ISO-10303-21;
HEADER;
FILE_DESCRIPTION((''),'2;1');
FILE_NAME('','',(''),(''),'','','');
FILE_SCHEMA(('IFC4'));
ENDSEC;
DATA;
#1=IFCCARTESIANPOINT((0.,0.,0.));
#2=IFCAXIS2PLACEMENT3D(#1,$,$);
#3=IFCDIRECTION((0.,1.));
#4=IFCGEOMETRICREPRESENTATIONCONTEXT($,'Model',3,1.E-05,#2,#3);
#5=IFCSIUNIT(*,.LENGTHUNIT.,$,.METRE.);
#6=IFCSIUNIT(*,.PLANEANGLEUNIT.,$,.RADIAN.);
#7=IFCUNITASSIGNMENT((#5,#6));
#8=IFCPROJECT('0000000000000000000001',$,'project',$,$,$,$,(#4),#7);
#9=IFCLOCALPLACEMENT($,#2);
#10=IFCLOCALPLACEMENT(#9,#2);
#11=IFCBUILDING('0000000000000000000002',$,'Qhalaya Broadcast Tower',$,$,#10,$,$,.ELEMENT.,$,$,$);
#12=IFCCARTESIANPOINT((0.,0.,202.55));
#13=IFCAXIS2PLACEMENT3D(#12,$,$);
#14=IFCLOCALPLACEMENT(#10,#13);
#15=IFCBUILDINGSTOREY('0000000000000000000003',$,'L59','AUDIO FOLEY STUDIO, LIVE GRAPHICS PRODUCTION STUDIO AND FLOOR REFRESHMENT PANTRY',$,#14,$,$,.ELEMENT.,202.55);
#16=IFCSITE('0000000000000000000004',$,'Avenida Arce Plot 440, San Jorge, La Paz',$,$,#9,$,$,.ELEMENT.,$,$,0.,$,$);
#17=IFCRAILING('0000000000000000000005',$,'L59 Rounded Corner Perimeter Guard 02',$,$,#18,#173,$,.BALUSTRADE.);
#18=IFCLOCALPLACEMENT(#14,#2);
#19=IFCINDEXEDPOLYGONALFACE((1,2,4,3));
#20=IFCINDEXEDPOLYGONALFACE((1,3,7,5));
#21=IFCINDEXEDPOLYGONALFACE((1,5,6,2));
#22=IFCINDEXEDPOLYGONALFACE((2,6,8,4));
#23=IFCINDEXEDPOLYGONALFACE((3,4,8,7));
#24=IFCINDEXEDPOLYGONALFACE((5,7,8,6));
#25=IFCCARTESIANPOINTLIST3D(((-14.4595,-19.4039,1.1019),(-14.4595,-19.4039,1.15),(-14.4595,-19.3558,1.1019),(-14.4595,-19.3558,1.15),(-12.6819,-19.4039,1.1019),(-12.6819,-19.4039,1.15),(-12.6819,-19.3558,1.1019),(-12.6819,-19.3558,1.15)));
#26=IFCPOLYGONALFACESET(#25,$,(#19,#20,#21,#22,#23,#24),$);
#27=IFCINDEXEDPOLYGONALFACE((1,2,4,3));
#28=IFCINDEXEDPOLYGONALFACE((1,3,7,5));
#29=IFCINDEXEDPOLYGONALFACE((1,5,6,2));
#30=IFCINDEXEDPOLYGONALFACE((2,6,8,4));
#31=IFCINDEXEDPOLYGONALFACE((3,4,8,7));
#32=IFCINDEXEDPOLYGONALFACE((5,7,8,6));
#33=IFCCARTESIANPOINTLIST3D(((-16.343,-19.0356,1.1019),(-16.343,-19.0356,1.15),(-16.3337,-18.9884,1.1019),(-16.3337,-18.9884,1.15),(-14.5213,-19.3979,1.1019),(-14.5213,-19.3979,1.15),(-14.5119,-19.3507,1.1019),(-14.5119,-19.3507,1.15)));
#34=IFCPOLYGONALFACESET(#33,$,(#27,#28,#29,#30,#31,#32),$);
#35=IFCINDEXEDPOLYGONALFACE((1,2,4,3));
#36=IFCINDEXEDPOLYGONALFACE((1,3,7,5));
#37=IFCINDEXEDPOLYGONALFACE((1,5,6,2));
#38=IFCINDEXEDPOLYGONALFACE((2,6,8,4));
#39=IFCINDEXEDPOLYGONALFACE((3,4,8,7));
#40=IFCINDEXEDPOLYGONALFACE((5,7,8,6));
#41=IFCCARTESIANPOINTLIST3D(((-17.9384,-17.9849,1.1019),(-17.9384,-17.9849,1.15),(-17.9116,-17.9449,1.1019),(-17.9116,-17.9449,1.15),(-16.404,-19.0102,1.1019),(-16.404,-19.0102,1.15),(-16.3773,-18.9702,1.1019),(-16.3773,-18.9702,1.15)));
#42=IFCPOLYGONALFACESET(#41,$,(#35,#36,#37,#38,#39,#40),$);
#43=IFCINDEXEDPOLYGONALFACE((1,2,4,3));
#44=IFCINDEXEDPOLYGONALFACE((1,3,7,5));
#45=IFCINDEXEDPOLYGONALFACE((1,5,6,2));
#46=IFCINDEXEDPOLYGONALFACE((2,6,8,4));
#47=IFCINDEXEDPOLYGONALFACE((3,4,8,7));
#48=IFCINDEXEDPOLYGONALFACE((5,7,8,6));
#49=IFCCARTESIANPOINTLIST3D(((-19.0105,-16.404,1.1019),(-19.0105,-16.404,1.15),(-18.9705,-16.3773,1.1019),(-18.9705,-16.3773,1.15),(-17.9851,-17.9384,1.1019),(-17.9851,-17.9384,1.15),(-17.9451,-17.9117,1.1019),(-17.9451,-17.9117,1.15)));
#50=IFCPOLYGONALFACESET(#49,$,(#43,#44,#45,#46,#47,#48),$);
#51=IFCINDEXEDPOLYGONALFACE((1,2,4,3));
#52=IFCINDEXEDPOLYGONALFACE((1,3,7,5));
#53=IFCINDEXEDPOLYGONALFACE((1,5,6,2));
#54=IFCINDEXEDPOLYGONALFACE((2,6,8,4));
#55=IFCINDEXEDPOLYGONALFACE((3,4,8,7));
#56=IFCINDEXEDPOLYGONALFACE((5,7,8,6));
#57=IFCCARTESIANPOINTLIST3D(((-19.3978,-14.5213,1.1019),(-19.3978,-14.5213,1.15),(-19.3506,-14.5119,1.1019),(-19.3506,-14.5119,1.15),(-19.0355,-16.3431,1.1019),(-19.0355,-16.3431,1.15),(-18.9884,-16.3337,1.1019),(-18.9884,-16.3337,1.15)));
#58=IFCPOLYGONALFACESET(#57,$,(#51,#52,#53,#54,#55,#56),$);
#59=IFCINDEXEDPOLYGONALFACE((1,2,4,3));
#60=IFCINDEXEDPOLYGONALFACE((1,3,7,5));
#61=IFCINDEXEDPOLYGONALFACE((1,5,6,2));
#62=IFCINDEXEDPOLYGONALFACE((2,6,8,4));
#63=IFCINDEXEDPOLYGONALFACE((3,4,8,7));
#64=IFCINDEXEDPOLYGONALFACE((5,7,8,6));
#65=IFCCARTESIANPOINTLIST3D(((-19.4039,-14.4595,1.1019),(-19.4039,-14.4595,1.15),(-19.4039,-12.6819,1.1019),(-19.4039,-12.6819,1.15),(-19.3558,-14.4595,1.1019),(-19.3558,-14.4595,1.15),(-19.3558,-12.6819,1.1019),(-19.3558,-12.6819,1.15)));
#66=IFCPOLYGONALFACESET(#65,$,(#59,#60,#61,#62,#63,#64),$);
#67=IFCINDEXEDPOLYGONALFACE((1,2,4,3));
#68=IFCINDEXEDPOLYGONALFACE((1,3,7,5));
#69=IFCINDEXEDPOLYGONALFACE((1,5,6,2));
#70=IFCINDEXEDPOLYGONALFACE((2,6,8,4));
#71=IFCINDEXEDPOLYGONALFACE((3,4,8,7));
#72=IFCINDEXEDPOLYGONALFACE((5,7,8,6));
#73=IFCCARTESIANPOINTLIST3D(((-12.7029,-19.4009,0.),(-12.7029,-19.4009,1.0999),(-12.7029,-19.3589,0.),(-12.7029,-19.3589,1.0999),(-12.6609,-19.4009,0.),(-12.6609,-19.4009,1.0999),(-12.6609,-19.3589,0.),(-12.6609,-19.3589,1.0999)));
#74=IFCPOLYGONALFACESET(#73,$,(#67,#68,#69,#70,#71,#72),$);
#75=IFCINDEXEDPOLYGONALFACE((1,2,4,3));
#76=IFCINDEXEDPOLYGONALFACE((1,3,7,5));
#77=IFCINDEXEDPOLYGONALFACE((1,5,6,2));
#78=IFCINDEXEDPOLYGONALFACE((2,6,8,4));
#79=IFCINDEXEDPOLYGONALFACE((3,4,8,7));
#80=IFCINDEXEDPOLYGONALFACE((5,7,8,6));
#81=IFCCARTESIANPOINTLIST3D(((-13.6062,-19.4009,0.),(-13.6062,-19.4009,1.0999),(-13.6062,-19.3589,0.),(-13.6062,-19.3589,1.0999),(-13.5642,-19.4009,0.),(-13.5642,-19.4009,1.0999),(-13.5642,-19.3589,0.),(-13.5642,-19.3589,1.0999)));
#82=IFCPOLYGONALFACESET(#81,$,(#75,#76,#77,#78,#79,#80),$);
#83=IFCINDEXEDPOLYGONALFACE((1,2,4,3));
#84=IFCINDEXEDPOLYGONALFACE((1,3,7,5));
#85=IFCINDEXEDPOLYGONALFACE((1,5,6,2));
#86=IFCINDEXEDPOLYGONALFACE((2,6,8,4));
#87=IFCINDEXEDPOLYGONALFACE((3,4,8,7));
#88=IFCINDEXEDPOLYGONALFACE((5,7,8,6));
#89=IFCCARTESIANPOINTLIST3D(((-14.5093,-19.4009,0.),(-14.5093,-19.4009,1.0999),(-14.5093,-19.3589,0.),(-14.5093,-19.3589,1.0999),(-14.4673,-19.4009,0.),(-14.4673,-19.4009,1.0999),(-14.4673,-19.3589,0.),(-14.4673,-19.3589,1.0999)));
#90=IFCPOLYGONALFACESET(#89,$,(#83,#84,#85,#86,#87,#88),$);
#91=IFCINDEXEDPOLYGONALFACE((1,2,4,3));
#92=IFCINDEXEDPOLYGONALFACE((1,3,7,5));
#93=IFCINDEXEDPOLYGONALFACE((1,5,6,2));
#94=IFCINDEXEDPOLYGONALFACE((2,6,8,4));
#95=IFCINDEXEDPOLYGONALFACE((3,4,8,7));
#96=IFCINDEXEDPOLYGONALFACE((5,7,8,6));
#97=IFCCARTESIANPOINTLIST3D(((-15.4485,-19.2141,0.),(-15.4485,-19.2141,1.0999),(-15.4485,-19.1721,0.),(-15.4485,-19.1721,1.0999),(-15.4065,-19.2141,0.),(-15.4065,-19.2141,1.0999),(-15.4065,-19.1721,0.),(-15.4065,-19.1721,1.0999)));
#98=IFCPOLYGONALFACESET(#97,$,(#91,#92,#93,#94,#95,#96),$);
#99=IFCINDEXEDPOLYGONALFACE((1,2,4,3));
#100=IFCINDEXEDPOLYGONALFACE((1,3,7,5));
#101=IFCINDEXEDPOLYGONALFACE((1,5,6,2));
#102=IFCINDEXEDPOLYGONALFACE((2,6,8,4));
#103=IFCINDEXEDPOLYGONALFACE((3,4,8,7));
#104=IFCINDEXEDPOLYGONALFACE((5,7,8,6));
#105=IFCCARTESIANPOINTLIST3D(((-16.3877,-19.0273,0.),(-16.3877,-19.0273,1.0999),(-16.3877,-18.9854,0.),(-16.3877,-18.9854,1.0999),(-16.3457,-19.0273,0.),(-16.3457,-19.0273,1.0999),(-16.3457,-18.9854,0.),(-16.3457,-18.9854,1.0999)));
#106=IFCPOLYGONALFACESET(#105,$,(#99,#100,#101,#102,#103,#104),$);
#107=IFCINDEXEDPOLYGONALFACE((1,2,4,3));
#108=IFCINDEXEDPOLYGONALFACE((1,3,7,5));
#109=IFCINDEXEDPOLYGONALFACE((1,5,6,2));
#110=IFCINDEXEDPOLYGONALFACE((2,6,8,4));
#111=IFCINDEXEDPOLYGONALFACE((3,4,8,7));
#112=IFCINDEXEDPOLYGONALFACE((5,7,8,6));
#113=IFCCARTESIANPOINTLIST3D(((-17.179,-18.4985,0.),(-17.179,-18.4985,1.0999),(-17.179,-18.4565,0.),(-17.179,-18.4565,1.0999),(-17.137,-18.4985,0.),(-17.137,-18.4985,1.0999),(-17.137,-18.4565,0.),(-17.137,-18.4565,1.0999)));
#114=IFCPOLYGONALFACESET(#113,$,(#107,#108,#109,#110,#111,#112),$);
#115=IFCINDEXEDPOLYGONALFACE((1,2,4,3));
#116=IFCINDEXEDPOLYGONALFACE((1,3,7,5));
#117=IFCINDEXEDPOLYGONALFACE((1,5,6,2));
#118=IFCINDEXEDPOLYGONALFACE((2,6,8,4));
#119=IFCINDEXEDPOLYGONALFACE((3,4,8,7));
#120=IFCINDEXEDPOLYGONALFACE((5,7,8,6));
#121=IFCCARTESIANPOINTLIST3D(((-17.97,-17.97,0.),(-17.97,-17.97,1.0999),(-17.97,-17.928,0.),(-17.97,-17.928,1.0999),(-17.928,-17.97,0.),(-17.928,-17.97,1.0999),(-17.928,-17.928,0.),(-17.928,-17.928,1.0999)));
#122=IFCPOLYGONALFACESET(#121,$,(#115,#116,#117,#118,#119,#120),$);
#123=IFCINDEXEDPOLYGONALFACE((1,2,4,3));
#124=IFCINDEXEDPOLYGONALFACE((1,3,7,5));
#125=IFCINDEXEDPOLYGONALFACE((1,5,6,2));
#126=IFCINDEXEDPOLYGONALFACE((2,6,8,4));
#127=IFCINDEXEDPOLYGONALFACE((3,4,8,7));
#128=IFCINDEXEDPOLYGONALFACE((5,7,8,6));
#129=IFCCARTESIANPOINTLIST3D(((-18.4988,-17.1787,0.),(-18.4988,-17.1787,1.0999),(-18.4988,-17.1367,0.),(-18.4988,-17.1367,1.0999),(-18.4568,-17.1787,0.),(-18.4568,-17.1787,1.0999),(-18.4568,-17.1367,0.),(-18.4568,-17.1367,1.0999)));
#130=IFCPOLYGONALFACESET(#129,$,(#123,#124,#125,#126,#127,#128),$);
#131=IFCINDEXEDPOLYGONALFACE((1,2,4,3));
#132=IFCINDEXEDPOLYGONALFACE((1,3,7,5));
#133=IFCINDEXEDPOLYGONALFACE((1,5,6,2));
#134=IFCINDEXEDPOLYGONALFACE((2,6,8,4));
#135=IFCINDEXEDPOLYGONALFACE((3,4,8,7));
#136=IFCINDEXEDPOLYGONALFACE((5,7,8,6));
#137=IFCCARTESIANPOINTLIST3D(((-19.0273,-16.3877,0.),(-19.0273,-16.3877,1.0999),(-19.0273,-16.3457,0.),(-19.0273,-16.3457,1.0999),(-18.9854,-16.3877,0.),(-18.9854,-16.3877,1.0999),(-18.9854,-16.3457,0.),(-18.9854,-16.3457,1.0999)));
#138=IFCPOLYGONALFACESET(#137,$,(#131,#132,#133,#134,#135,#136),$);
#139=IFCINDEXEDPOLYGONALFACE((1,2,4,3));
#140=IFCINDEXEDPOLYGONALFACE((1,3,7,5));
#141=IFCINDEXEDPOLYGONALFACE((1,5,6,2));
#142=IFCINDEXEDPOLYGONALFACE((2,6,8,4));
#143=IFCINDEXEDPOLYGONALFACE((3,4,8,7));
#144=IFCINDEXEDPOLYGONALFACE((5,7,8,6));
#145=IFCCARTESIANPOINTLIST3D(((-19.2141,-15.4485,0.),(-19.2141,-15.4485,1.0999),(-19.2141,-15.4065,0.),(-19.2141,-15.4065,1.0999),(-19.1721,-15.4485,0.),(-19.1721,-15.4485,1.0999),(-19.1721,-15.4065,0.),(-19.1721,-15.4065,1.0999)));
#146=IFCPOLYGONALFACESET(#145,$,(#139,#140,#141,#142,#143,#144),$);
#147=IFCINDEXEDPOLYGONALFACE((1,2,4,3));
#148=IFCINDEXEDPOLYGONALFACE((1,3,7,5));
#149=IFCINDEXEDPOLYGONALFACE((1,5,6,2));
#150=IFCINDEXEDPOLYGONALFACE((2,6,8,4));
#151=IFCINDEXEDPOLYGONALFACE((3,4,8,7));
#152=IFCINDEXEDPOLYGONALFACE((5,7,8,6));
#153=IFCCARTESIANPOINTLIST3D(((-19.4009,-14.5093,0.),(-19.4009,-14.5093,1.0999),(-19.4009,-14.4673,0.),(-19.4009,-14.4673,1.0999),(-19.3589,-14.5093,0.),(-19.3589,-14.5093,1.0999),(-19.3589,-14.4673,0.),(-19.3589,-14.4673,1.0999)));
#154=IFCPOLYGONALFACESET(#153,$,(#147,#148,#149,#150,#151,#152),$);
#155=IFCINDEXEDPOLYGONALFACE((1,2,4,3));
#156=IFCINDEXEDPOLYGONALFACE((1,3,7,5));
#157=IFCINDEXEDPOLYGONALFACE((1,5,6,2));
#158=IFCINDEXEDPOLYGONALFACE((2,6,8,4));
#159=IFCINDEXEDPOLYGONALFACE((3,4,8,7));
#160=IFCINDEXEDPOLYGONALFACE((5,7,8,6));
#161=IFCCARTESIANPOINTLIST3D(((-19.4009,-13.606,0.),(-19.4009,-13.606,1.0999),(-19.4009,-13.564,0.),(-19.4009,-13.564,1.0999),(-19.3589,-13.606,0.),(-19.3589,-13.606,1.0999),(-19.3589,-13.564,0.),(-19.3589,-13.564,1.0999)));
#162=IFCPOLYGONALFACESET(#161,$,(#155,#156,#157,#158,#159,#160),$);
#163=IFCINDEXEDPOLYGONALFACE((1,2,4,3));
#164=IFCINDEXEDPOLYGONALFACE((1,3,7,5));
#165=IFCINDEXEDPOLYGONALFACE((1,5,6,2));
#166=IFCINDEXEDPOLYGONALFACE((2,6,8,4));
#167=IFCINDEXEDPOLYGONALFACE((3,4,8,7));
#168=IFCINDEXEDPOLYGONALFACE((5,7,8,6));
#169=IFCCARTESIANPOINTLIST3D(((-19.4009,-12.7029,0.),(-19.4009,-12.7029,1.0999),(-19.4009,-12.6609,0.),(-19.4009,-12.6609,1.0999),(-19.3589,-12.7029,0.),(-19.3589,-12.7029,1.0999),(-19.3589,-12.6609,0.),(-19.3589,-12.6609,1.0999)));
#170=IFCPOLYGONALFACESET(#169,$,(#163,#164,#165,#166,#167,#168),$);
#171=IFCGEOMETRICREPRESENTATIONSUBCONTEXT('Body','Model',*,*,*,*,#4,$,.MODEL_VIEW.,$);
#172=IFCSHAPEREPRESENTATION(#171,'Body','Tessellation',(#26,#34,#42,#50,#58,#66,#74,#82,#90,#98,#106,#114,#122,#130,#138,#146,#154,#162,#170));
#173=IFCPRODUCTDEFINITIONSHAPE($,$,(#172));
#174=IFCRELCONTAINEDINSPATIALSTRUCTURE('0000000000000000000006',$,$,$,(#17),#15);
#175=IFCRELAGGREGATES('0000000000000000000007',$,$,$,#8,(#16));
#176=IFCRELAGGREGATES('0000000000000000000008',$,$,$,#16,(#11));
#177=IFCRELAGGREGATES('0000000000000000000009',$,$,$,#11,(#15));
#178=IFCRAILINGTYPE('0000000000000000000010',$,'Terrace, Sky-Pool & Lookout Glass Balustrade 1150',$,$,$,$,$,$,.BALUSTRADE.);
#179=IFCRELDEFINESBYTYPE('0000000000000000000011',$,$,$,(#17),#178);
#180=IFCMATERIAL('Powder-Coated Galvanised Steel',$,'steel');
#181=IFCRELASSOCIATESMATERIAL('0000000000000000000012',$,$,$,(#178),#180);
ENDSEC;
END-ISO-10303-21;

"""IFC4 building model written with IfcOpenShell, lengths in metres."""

from ifc_helpers import new_model, si_unit, direction, frame, origin, origin_2d, place, context, subcontext, project, spatial, rectangle, extrude, material, type_object, element, save


model = new_model("IFC4")

# Units and contexts
model_context = context("Model", 3, precision=1e-05, world=origin(), true_north=direction((0.0, 1.0)))
body_context = subcontext(model_context, "Body", "Model", "MODEL_VIEW")
ifc_project = project(units=[si_unit("LENGTHUNIT", "METRE"), si_unit("PLANEANGLEUNIT", "RADIAN")], contexts=[model_context])

# Site, building, storey
site_placement = place(None, origin())
site = spatial("IfcSite", under=ifc_project, at=site_placement, Name="Avenida Arce Plot 440, San Jorge, La Paz", CompositionType="ELEMENT", RefElevation=0.0)
building_placement = place(site_placement, origin())
building = spatial("IfcBuilding", under=site, at=building_placement, Name="Qhalaya Broadcast Tower", CompositionType="ELEMENT")
storey_placement = place(building_placement, frame((0.0, 0.0, 202.55)))
storey = spatial("IfcBuildingStorey", under=building, at=storey_placement, Name="L59", Description="AUDIO FOLEY STUDIO, LIVE GRAPHICS PRODUCTION STUDIO AND FLOOR REFRESHMENT PANTRY", CompositionType="ELEMENT", Elevation=202.55)

# Railing
ifc_material_1 = material(Name="Powder-Coated Galvanised Steel", Category="steel")
railing_type = type_object("IfcRailingType", Name="Terrace, Sky-Pool & Lookout Glass Balustrade 1150", PredefinedType="BALUSTRADE", material=ifc_material_1)
railing_placement = place(storey_placement, frame((-12.6819, -19.3799, 0.0)))
element("IfcRailing", 1, at=railing_placement, inside=storey, type_object=railing_type, Name="L59 Rounded Corner Perimeter Guard 02", PredefinedType="BALUSTRADE", context=body_context, shape_type="SweptSolid", body=[
    extrude(rectangle(XDim=0.0481, YDim=0.0481, at=origin_2d()), frame((0.0, 0.0, 1.126), z_axis=(-1.0, 0.0, 0.0), x_axis=(0.0, -1.0, 0.0)), (0.0, 0.0, 1.0), 1.7776),
    extrude(rectangle(XDim=0.0481, YDim=0.0481, at=origin_2d()), frame((-1.8347, 0.0056, 1.126), z_axis=(-0.980796, 0.195037, 0.0), x_axis=(-0.195037, -0.980796, 0.0)), (0.0, 0.0, 1.0), 1.8574),
    extrude(rectangle(XDim=0.0481, YDim=0.0481, at=origin_2d()), frame((-3.7087, 0.3896, 1.126), z_axis=(-0.831438, 0.555618, 0.0), x_axis=(-0.555618, -0.831438, 0.0)), (0.0, 0.0, 1.0), 1.8455),
    extrude(rectangle(XDim=0.0481, YDim=0.0481, at=origin_2d()), frame((-5.2832, 1.4548, 1.126), z_axis=(-0.555618, 0.831438, 0.0), x_axis=(-0.831438, -0.555618, 0.0)), (0.0, 0.0, 1.0), 1.8455),
    extrude(rectangle(XDim=0.0481, YDim=0.0481, at=origin_2d()), frame((-6.3301, 3.0415, 1.126), z_axis=(-0.195037, 0.980796, 0.0), x_axis=(-0.980796, -0.195037, 0.0)), (0.0, 0.0, 1.0), 1.8574),
    extrude(rectangle(XDim=0.0481, YDim=0.0481, at=origin_2d()), frame((-6.698, 4.9204, 1.126), z_axis=(0.0, 1.0, 0.0), x_axis=(-1.0, 0.0, 0.0)), (0.0, 0.0, 1.0), 1.7776),
    extrude(rectangle(XDim=0.042, YDim=0.042, at=origin_2d()), origin(), (0.0, 0.0, 1.0), 1.0999),
    extrude(rectangle(XDim=0.042, YDim=0.042, at=origin_2d()), frame((-0.9033, 0.0, 0.0)), (0.0, 0.0, 1.0), 1.0999),
    extrude(rectangle(XDim=0.042, YDim=0.042, at=origin_2d()), frame((-1.8064, 0.0, 0.0)), (0.0, 0.0, 1.0), 1.0999),
    extrude(rectangle(XDim=0.042, YDim=0.042, at=origin_2d()), frame((-2.7456, 0.1868, 0.0)), (0.0, 0.0, 1.0), 1.0999),
    extrude(rectangle(XDim=0.042, YDim=0.042, at=origin_2d()), frame((-3.6848, 0.3735, 0.0)), (0.0, 0.0, 1.0), 1.0999),
    extrude(rectangle(XDim=0.042, YDim=0.042, at=origin_2d()), frame((-4.4761, 0.9023, 0.0)), (0.0, 0.0, 1.0), 1.0999),
    extrude(rectangle(XDim=0.042, YDim=0.042, at=origin_2d()), frame((-5.2671, 1.4309, 0.0)), (0.0, 0.0, 1.0), 1.0999),
    extrude(rectangle(XDim=0.042, YDim=0.042, at=origin_2d()), frame((-5.7959, 2.2222, 0.0)), (0.0, 0.0, 1.0), 1.0999),
    extrude(rectangle(XDim=0.042, YDim=0.042, at=origin_2d()), frame((-6.3245, 3.0132, 0.0)), (0.0, 0.0, 1.0), 1.0999),
    extrude(rectangle(XDim=0.042, YDim=0.042, at=origin_2d()), frame((-6.5112, 3.9524, 0.0)), (0.0, 0.0, 1.0), 1.0999),
    extrude(rectangle(XDim=0.042, YDim=0.042, at=origin_2d()), frame((-6.698, 4.8916, 0.0)), (0.0, 0.0, 1.0), 1.0999),
    extrude(rectangle(XDim=0.042, YDim=0.042, at=origin_2d()), frame((-6.698, 5.7949, 0.0)), (0.0, 0.0, 1.0), 1.0999),
    extrude(rectangle(XDim=0.042, YDim=0.042, at=origin_2d()), frame((-6.698, 6.698, 0.0)), (0.0, 0.0, 1.0), 1.0999),
])

save(model, "model.ifc")
